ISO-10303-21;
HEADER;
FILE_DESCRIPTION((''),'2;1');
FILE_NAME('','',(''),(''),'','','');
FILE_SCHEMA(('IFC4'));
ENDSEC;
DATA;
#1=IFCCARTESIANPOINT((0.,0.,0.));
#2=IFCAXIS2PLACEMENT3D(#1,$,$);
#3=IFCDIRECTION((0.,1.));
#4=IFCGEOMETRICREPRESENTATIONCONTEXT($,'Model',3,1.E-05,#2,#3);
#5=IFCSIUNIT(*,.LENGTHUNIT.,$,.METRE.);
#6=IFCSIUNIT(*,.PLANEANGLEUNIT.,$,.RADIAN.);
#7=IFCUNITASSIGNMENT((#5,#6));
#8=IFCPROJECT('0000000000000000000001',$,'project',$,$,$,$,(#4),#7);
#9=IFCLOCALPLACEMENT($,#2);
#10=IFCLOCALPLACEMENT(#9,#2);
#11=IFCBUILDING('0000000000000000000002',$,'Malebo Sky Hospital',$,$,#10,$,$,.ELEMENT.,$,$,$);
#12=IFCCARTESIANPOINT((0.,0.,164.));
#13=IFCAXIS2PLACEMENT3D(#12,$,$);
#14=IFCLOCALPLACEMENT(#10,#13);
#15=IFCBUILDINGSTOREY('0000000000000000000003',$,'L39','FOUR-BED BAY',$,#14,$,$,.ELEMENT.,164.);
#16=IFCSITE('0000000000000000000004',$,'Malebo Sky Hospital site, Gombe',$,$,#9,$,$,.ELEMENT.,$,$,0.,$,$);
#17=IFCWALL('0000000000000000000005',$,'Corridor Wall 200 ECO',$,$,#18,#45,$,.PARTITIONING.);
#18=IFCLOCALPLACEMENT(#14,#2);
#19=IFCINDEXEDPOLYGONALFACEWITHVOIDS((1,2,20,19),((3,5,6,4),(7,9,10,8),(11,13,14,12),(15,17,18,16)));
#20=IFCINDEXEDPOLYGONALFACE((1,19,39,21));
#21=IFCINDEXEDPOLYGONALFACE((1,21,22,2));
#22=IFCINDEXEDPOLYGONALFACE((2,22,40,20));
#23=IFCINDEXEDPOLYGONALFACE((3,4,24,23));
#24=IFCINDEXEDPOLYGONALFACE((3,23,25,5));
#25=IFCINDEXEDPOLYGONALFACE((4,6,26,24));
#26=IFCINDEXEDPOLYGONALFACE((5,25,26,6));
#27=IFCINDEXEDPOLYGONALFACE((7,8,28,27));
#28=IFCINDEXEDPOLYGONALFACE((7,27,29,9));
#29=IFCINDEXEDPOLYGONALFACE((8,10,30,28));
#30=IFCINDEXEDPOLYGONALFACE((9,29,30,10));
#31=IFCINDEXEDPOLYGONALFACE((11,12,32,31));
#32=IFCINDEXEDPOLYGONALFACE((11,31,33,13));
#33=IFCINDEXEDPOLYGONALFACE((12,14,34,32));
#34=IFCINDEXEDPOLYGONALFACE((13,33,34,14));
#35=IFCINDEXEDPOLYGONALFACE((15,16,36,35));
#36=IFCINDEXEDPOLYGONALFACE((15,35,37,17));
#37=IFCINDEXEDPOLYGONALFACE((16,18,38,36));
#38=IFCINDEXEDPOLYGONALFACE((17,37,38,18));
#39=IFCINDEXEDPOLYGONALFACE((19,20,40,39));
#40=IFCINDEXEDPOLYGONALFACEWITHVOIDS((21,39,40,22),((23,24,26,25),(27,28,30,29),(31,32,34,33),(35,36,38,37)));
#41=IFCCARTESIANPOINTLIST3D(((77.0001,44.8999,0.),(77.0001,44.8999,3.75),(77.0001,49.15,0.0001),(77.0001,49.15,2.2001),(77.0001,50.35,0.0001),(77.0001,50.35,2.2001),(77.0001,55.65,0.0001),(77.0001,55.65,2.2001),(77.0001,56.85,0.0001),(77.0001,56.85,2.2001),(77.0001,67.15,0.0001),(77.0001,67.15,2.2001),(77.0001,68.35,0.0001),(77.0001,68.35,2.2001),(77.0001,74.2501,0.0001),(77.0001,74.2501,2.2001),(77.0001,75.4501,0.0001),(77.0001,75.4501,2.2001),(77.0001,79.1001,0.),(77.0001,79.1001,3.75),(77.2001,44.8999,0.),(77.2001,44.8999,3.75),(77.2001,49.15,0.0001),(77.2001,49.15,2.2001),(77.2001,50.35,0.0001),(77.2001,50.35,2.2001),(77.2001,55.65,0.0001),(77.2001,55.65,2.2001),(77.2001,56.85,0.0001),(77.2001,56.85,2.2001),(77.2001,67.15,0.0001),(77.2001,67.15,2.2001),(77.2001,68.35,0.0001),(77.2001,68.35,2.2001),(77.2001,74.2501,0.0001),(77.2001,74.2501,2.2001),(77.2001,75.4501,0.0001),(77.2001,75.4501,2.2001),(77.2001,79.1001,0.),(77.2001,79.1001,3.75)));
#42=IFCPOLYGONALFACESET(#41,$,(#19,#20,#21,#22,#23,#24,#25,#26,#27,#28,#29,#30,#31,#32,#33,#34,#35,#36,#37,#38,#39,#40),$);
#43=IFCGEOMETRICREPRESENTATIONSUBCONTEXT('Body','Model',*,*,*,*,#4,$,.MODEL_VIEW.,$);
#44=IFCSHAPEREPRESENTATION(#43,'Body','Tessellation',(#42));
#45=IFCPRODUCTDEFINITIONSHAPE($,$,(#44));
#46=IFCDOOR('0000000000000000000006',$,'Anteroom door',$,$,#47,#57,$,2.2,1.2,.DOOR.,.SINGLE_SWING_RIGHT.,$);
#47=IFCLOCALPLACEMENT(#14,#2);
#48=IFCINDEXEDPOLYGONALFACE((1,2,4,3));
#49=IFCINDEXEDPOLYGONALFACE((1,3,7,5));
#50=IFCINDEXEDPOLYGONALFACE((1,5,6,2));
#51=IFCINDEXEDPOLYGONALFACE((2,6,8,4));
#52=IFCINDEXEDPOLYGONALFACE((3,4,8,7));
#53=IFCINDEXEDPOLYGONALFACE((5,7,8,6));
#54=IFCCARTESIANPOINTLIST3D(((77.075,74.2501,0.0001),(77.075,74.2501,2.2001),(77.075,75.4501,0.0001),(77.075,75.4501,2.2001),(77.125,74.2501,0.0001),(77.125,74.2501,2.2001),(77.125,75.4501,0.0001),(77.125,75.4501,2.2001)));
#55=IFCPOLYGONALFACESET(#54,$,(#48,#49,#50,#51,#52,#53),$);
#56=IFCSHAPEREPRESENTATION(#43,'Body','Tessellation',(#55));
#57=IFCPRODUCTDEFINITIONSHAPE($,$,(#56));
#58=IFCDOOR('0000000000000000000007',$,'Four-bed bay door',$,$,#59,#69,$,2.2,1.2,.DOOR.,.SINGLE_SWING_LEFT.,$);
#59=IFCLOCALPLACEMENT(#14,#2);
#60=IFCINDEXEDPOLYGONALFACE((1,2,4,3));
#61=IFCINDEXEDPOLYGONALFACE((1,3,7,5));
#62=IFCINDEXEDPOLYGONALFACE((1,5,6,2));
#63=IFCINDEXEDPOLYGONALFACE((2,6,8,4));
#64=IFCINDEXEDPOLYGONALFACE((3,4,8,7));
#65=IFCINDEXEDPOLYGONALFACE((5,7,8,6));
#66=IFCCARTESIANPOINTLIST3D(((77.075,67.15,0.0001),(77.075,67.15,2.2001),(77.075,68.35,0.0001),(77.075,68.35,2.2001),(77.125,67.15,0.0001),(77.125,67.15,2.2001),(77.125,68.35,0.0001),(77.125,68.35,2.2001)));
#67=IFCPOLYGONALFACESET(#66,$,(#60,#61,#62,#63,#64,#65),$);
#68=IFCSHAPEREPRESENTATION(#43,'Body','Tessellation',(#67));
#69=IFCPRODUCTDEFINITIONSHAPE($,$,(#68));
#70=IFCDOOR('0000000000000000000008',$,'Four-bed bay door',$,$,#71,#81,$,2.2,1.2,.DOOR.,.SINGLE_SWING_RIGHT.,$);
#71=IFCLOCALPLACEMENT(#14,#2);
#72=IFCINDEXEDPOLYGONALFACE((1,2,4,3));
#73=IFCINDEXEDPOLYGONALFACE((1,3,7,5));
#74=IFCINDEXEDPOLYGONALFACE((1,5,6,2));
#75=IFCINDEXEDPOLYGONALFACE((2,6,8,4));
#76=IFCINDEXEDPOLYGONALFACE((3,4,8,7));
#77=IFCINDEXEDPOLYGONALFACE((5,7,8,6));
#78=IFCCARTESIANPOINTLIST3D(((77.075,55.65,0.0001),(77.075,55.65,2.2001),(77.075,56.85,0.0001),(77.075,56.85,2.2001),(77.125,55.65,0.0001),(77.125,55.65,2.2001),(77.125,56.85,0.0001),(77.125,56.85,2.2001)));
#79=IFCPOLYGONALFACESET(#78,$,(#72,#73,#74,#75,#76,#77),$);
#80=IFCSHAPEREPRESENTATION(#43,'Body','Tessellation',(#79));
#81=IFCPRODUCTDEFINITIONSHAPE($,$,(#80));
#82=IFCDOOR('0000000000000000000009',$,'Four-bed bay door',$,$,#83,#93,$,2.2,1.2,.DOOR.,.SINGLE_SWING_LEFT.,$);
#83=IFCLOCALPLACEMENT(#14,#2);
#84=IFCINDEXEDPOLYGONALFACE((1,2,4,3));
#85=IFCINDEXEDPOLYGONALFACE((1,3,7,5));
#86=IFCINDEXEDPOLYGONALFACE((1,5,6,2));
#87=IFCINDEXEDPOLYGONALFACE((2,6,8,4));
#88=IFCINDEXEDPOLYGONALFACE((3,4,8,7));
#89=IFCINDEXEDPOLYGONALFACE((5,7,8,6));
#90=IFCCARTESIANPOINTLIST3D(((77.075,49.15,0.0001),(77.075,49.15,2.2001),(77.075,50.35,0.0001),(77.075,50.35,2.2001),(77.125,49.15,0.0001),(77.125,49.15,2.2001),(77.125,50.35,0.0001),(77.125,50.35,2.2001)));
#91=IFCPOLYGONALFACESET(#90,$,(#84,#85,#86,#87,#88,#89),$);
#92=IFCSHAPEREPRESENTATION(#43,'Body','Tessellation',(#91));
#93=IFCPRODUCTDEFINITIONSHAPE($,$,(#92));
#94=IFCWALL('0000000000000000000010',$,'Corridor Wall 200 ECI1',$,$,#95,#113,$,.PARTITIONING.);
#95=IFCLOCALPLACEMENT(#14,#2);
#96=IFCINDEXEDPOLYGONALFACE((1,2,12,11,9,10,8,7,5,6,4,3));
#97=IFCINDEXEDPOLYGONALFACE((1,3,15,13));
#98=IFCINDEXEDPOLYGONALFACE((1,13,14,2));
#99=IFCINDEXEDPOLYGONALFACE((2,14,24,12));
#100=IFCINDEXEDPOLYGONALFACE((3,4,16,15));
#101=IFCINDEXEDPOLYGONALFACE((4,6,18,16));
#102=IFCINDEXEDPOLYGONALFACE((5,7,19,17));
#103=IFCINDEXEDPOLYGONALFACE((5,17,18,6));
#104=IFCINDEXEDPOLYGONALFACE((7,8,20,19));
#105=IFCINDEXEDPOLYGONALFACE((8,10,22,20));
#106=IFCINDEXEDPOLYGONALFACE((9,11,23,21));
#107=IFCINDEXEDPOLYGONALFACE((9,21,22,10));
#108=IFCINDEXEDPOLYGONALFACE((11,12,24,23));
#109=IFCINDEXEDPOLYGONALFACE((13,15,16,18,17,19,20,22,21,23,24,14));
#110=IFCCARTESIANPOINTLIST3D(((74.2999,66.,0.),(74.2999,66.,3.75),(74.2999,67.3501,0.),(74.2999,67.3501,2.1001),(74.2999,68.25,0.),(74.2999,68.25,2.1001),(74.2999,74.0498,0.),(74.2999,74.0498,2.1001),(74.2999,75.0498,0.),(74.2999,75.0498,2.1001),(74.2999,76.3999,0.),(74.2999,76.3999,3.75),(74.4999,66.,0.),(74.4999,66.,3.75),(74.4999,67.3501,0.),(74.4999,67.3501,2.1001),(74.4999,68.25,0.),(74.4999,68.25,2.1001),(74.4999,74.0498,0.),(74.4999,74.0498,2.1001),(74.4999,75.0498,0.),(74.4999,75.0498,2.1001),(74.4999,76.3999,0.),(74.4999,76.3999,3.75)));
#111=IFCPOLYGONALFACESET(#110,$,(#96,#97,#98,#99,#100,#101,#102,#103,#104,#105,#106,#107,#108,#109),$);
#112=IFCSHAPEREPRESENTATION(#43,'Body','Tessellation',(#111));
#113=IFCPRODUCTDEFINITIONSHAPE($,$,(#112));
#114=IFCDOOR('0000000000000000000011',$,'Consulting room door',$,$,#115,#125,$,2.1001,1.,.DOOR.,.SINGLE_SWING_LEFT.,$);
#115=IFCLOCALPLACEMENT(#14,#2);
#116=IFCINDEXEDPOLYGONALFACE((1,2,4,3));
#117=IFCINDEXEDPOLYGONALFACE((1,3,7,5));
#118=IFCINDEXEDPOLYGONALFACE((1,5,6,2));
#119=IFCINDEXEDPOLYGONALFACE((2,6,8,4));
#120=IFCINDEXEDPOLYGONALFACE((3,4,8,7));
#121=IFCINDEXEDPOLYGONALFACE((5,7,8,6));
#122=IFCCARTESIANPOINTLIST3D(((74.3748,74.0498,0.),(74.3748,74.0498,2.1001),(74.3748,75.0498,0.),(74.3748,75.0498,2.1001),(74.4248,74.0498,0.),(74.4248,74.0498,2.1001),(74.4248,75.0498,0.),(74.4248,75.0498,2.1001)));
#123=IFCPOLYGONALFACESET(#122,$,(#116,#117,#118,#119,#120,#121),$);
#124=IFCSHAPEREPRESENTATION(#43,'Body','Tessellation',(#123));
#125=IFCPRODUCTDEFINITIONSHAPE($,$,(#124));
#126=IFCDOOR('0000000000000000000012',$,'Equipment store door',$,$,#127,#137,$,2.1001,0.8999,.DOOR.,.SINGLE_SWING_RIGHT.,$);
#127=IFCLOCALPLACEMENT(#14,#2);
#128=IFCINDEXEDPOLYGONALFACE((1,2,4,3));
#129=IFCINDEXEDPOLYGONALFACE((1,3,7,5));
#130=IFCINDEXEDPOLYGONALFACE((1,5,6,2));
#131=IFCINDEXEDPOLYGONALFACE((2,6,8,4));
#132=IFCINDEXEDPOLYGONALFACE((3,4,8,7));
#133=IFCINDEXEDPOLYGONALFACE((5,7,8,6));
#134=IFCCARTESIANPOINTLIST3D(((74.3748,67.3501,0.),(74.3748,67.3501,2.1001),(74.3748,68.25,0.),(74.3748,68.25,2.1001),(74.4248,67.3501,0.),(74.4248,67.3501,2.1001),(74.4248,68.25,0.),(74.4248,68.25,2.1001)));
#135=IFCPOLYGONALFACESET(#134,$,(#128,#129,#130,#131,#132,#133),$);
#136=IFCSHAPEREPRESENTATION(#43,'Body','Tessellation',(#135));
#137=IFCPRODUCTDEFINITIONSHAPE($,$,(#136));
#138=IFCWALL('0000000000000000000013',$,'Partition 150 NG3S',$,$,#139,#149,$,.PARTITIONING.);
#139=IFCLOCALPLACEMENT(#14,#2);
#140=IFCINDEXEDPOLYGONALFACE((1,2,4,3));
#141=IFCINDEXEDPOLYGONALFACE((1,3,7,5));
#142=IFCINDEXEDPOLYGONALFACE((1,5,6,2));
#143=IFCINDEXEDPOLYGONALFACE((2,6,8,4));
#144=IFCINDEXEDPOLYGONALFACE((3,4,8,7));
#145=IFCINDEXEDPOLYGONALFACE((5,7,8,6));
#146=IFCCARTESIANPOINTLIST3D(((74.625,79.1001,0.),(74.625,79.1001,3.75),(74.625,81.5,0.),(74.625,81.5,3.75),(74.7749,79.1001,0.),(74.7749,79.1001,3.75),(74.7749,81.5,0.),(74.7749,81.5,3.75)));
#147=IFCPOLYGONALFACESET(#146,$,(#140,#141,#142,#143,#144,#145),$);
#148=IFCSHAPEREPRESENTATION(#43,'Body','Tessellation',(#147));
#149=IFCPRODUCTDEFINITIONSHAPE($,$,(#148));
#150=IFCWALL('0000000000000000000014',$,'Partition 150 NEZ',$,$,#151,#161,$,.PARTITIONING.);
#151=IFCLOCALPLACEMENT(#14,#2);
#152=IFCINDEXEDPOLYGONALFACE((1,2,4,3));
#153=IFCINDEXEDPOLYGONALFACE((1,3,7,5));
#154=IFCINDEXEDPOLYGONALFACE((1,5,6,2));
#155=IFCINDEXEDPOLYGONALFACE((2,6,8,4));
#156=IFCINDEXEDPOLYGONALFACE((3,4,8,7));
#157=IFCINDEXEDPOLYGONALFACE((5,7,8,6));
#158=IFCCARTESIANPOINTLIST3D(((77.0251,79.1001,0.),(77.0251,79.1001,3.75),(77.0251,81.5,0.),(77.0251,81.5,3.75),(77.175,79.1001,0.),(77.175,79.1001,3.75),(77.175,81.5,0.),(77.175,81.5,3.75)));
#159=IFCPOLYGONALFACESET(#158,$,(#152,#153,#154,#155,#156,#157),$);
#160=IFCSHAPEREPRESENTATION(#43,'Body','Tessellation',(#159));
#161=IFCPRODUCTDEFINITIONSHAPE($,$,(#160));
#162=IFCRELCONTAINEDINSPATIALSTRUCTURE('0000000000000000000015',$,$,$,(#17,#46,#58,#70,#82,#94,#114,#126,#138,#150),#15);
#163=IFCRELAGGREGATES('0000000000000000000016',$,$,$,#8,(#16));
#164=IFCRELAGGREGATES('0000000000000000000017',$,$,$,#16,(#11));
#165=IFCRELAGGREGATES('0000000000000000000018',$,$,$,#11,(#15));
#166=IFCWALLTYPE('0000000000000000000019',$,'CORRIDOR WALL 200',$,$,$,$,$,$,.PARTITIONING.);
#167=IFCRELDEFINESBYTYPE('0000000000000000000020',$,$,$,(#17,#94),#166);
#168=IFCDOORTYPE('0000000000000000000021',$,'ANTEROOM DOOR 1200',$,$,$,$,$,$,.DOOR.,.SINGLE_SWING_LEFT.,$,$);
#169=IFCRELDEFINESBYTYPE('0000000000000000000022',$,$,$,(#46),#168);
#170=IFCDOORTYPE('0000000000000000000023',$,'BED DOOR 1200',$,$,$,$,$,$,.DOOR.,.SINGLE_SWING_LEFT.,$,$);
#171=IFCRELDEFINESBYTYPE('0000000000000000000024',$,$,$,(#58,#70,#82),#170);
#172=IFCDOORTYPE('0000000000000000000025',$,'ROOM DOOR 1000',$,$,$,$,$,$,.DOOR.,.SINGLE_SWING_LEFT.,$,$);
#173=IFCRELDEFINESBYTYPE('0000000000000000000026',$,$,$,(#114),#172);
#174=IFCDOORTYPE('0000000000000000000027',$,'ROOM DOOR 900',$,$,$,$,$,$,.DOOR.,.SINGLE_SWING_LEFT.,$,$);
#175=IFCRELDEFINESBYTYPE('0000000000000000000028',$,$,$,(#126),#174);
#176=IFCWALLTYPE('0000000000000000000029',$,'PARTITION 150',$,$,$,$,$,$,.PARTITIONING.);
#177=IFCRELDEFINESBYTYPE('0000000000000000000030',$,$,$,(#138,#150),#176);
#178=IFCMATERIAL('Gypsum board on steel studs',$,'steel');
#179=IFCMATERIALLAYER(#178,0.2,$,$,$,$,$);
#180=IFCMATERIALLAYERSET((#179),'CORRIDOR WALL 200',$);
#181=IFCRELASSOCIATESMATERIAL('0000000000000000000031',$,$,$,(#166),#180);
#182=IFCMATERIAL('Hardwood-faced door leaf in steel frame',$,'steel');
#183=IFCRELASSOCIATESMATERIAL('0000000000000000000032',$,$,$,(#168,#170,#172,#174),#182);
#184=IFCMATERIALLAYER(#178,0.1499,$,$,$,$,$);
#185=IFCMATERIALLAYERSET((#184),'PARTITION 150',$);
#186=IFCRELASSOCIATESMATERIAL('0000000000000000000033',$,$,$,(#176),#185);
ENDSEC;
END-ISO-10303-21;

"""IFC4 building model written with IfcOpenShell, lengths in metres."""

from ifc_helpers import new_model, si_unit, direction, frame, frame_2d, origin, place, context, subcontext, project, spatial, rectangle, extrude, material, layer, layer_set, type_object, element, fill, save


model = new_model("IFC4")

# Units and contexts
model_context = context("Model", 3, precision=1e-05, world=origin(), true_north=direction((0.0, 1.0)))
body_context = subcontext(model_context, "Body", "Model", "MODEL_VIEW")
ifc_project = project(units=[si_unit("LENGTHUNIT", "METRE"), si_unit("PLANEANGLEUNIT", "RADIAN")], contexts=[model_context])

# Site, building, storey
site_placement = place(None, origin())
site = spatial("IfcSite", under=ifc_project, at=site_placement, Name="Malebo Sky Hospital site, Gombe", CompositionType="ELEMENT", RefElevation=0.0)
building_placement = place(site_placement, origin())
building = spatial("IfcBuilding", under=site, at=building_placement, Name="Malebo Sky Hospital", CompositionType="ELEMENT")
storey_placement = place(building_placement, frame((0.0, 0.0, 164.0)))
storey = spatial("IfcBuildingStorey", under=building, at=storey_placement, Name="L39", Description="FOUR-BED BAY", CompositionType="ELEMENT", Elevation=164.0)

# Walls, openings, doors
ifc_material_1 = material(Name="Gypsum board on steel studs", Category="steel")
ifc_layer_1 = layer(ifc_material_1, 0.2)
ifc_layer_set_1 = layer_set([ifc_layer_1], Name="CORRIDOR WALL 200")
wall_type_1 = type_object("IfcWallType", Name="CORRIDOR WALL 200", PredefinedType="PARTITIONING", material=ifc_layer_set_1)
wall_1_placement = place(storey_placement, frame((77.1001, 79.1001, 0.0), z_axis=(0.0, 0.0, 1.0), x_axis=(0.0, -1.0, 0.0)))
wall_1 = element("IfcWall", 1, at=wall_1_placement, inside=storey, type_object=wall_type_1, Name="Corridor Wall 200 ECO", PredefinedType="PARTITIONING", context=body_context, shape_type="SweptSolid", body=[
    extrude(rectangle(XDim=34.2002, YDim=0.2, at=frame_2d((17.1001, 0.0))), origin(), (0.0, 0.0, 1.0), 3.75),
])
opening_1_placement = place(wall_1_placement, frame((3.6499, 0.0, 0.0)))
opening_1 = element("IfcOpeningElement", 2, at=opening_1_placement, cuts=wall_1, PredefinedType="OPENING", context=body_context, shape_type="SweptSolid", body=[
    extrude(rectangle(XDim=1.2, YDim=2.2, at=frame_2d((0.6001, 1.1001))), frame((0.0, 0.1099, 0.0), z_axis=(0.0, -1.0, 0.0), x_axis=(1.0, 0.0, 0.0)), (0.0, 0.0, 1.0), 0.22),
])
opening_2_placement = place(wall_1_placement, frame((10.75, 0.0, 0.0)))
opening_2 = element("IfcOpeningElement", 3, at=opening_2_placement, cuts=wall_1, PredefinedType="OPENING", context=body_context, shape_type="SweptSolid", body=[
    extrude(rectangle(XDim=1.2, YDim=2.2, at=frame_2d((0.6001, 1.1001))), frame((0.0, 0.1099, 0.0), z_axis=(0.0, -1.0, 0.0), x_axis=(1.0, 0.0, 0.0)), (0.0, 0.0, 1.0), 0.22),
])
opening_3_placement = place(wall_1_placement, frame((22.25, 0.0, 0.0)))
opening_3 = element("IfcOpeningElement", 4, at=opening_3_placement, cuts=wall_1, PredefinedType="OPENING", context=body_context, shape_type="SweptSolid", body=[
    extrude(rectangle(XDim=1.2, YDim=2.2, at=frame_2d((0.6001, 1.1001))), frame((0.0, 0.1099, 0.0), z_axis=(0.0, -1.0, 0.0), x_axis=(1.0, 0.0, 0.0)), (0.0, 0.0, 1.0), 0.22),
])
opening_4_placement = place(wall_1_placement, frame((28.75, 0.0, 0.0)))
opening_4 = element("IfcOpeningElement", 5, at=opening_4_placement, cuts=wall_1, PredefinedType="OPENING", context=body_context, shape_type="SweptSolid", body=[
    extrude(rectangle(XDim=1.2, YDim=2.2, at=frame_2d((0.6001, 1.1001))), frame((0.0, 0.1099, 0.0), z_axis=(0.0, -1.0, 0.0), x_axis=(1.0, 0.0, 0.0)), (0.0, 0.0, 1.0), 0.22),
])
ifc_material_2 = material(Name="Hardwood-faced door leaf in steel frame", Category="steel")
door_type_1 = type_object("IfcDoorType", Name="ANTEROOM DOOR 1200", OperationType="SINGLE_SWING_LEFT", PredefinedType="DOOR", material=ifc_material_2)
door_1_placement = place(opening_1_placement, origin())
door_1 = element("IfcDoor", 6, at=door_1_placement, inside=storey, type_object=door_type_1, Name="Anteroom door", OperationType="SINGLE_SWING_RIGHT", OverallHeight=2.2, OverallWidth=1.2, PredefinedType="DOOR", context=body_context, shape_type="SweptSolid", body=[
    extrude(rectangle(XDim=1.2, YDim=2.2, at=frame_2d((0.6001, 1.1001))), frame((0.0, 0.0249, 0.0), z_axis=(0.0, -1.0, 0.0), x_axis=(1.0, 0.0, 0.0)), (0.0, 0.0, 1.0), 0.05),
])
fill(opening_1, door_1)
door_type_2 = type_object("IfcDoorType", Name="BED DOOR 1200", OperationType="SINGLE_SWING_LEFT", PredefinedType="DOOR", material=ifc_material_2)
door_2_placement = place(opening_2_placement, origin())
door_2 = element("IfcDoor", 7, at=door_2_placement, inside=storey, type_object=door_type_2, Name="Four-bed bay door", OperationType="SINGLE_SWING_LEFT", OverallHeight=2.2, OverallWidth=1.2, PredefinedType="DOOR", context=body_context, shape_type="SweptSolid", body=[
    extrude(rectangle(XDim=1.2, YDim=2.2, at=frame_2d((0.6001, 1.1001))), frame((0.0, 0.0249, 0.0), z_axis=(0.0, -1.0, 0.0), x_axis=(1.0, 0.0, 0.0)), (0.0, 0.0, 1.0), 0.05),
])
fill(opening_2, door_2)
door_3_placement = place(opening_3_placement, origin())
door_3 = element("IfcDoor", 8, at=door_3_placement, inside=storey, type_object=door_type_2, Name="Four-bed bay door", OperationType="SINGLE_SWING_RIGHT", OverallHeight=2.2, OverallWidth=1.2, PredefinedType="DOOR", context=body_context, shape_type="SweptSolid", body=[
    extrude(rectangle(XDim=1.2, YDim=2.2, at=frame_2d((0.6001, 1.1001))), frame((0.0, 0.0249, 0.0), z_axis=(0.0, -1.0, 0.0), x_axis=(1.0, 0.0, 0.0)), (0.0, 0.0, 1.0), 0.05),
])
fill(opening_3, door_3)
door_4_placement = place(opening_4_placement, origin())
door_4 = element("IfcDoor", 9, at=door_4_placement, inside=storey, type_object=door_type_2, Name="Four-bed bay door", OperationType="SINGLE_SWING_LEFT", OverallHeight=2.2, OverallWidth=1.2, PredefinedType="DOOR", context=body_context, shape_type="SweptSolid", body=[
    extrude(rectangle(XDim=1.2, YDim=2.2, at=frame_2d((0.6001, 1.1001))), frame((0.0, 0.0249, 0.0), z_axis=(0.0, -1.0, 0.0), x_axis=(1.0, 0.0, 0.0)), (0.0, 0.0, 1.0), 0.05),
])
fill(opening_4, door_4)
wall_2_placement = place(storey_placement, frame((74.3999, 76.3999, 0.0), z_axis=(0.0, 0.0, 1.0), x_axis=(0.0, -1.0, 0.0)))
wall_2 = element("IfcWall", 10, at=wall_2_placement, inside=storey, type_object=wall_type_1, Name="Corridor Wall 200 ECI1", PredefinedType="PARTITIONING", context=body_context, shape_type="SweptSolid", body=[
    extrude(rectangle(XDim=10.3999, YDim=0.2, at=frame_2d((5.2, 0.0))), origin(), (0.0, 0.0, 1.0), 3.75),
])
opening_5_placement = place(wall_2_placement, frame((1.3501, 0.0, 0.0)))
opening_5 = element("IfcOpeningElement", 11, at=opening_5_placement, cuts=wall_2, PredefinedType="OPENING", context=body_context, shape_type="SweptSolid", body=[
    extrude(rectangle(XDim=1.0, YDim=2.1001, at=frame_2d((0.5, 1.05))), frame((0.0, 0.1099, 0.0), z_axis=(0.0, -1.0, 0.0), x_axis=(1.0, 0.0, 0.0)), (0.0, 0.0, 1.0), 0.22),
])
opening_6_placement = place(wall_2_placement, frame((8.1499, 0.0, 0.0)))
opening_6 = element("IfcOpeningElement", 12, at=opening_6_placement, cuts=wall_2, PredefinedType="OPENING", context=body_context, shape_type="SweptSolid", body=[
    extrude(rectangle(XDim=0.8999, YDim=2.1001, at=frame_2d((0.45, 1.05))), frame((0.0, 0.1099, 0.0), z_axis=(0.0, -1.0, 0.0), x_axis=(1.0, 0.0, 0.0)), (0.0, 0.0, 1.0), 0.22),
])
door_type_3 = type_object("IfcDoorType", Name="ROOM DOOR 1000", OperationType="SINGLE_SWING_LEFT", PredefinedType="DOOR", material=ifc_material_2)
door_5_placement = place(opening_5_placement, origin())
door_5 = element("IfcDoor", 13, at=door_5_placement, inside=storey, type_object=door_type_3, Name="Consulting room door", OperationType="SINGLE_SWING_LEFT", OverallHeight=2.1001, OverallWidth=1.0, PredefinedType="DOOR", context=body_context, shape_type="SweptSolid", body=[
    extrude(rectangle(XDim=1.0, YDim=2.1001, at=frame_2d((0.5, 1.05))), frame((0.0, 0.0249, 0.0), z_axis=(0.0, -1.0, 0.0), x_axis=(1.0, 0.0, 0.0)), (0.0, 0.0, 1.0), 0.05),
])
fill(opening_5, door_5)
door_type_4 = type_object("IfcDoorType", Name="ROOM DOOR 900", OperationType="SINGLE_SWING_LEFT", PredefinedType="DOOR", material=ifc_material_2)
door_6_placement = place(opening_6_placement, origin())
door_6 = element("IfcDoor", 14, at=door_6_placement, inside=storey, type_object=door_type_4, Name="Equipment store door", OperationType="SINGLE_SWING_RIGHT", OverallHeight=2.1001, OverallWidth=0.8999, PredefinedType="DOOR", context=body_context, shape_type="SweptSolid", body=[
    extrude(rectangle(XDim=0.8999, YDim=2.1001, at=frame_2d((0.45, 1.05))), frame((0.0, 0.0249, 0.0), z_axis=(0.0, -1.0, 0.0), x_axis=(1.0, 0.0, 0.0)), (0.0, 0.0, 1.0), 0.05),
])
fill(opening_6, door_6)

# Walls
ifc_layer_2 = layer(ifc_material_1, 0.1499)
ifc_layer_set_2 = layer_set([ifc_layer_2], Name="PARTITION 150")
wall_type_2 = type_object("IfcWallType", Name="PARTITION 150", PredefinedType="PARTITIONING", material=ifc_layer_set_2)
for number, where, z_axis, x_axis, name in (
    (15, (74.7, 79.1001, 0.0), (0.0, 0.0, 1.0), (0.0, 1.0, 0.0), "Partition 150 NG3S"),
    (16, (77.1001, 79.1001, 0.0), (0.0, 0.0, 1.0), (0.0, 1.0, 0.0), "Partition 150 NEZ"),
):
    element("IfcWall", number, at=place(storey_placement, frame(where, z_axis=z_axis, x_axis=x_axis)), inside=storey, type_object=wall_type_2, Name=name, PredefinedType="PARTITIONING", context=body_context, shape_type="SweptSolid", body=[
        extrude(rectangle(XDim=2.3999, YDim=0.1499, at=frame_2d((1.2, 0.0))), origin(), (0.0, 0.0, 1.0), 3.75),
    ])

save(model, "model.ifc")
